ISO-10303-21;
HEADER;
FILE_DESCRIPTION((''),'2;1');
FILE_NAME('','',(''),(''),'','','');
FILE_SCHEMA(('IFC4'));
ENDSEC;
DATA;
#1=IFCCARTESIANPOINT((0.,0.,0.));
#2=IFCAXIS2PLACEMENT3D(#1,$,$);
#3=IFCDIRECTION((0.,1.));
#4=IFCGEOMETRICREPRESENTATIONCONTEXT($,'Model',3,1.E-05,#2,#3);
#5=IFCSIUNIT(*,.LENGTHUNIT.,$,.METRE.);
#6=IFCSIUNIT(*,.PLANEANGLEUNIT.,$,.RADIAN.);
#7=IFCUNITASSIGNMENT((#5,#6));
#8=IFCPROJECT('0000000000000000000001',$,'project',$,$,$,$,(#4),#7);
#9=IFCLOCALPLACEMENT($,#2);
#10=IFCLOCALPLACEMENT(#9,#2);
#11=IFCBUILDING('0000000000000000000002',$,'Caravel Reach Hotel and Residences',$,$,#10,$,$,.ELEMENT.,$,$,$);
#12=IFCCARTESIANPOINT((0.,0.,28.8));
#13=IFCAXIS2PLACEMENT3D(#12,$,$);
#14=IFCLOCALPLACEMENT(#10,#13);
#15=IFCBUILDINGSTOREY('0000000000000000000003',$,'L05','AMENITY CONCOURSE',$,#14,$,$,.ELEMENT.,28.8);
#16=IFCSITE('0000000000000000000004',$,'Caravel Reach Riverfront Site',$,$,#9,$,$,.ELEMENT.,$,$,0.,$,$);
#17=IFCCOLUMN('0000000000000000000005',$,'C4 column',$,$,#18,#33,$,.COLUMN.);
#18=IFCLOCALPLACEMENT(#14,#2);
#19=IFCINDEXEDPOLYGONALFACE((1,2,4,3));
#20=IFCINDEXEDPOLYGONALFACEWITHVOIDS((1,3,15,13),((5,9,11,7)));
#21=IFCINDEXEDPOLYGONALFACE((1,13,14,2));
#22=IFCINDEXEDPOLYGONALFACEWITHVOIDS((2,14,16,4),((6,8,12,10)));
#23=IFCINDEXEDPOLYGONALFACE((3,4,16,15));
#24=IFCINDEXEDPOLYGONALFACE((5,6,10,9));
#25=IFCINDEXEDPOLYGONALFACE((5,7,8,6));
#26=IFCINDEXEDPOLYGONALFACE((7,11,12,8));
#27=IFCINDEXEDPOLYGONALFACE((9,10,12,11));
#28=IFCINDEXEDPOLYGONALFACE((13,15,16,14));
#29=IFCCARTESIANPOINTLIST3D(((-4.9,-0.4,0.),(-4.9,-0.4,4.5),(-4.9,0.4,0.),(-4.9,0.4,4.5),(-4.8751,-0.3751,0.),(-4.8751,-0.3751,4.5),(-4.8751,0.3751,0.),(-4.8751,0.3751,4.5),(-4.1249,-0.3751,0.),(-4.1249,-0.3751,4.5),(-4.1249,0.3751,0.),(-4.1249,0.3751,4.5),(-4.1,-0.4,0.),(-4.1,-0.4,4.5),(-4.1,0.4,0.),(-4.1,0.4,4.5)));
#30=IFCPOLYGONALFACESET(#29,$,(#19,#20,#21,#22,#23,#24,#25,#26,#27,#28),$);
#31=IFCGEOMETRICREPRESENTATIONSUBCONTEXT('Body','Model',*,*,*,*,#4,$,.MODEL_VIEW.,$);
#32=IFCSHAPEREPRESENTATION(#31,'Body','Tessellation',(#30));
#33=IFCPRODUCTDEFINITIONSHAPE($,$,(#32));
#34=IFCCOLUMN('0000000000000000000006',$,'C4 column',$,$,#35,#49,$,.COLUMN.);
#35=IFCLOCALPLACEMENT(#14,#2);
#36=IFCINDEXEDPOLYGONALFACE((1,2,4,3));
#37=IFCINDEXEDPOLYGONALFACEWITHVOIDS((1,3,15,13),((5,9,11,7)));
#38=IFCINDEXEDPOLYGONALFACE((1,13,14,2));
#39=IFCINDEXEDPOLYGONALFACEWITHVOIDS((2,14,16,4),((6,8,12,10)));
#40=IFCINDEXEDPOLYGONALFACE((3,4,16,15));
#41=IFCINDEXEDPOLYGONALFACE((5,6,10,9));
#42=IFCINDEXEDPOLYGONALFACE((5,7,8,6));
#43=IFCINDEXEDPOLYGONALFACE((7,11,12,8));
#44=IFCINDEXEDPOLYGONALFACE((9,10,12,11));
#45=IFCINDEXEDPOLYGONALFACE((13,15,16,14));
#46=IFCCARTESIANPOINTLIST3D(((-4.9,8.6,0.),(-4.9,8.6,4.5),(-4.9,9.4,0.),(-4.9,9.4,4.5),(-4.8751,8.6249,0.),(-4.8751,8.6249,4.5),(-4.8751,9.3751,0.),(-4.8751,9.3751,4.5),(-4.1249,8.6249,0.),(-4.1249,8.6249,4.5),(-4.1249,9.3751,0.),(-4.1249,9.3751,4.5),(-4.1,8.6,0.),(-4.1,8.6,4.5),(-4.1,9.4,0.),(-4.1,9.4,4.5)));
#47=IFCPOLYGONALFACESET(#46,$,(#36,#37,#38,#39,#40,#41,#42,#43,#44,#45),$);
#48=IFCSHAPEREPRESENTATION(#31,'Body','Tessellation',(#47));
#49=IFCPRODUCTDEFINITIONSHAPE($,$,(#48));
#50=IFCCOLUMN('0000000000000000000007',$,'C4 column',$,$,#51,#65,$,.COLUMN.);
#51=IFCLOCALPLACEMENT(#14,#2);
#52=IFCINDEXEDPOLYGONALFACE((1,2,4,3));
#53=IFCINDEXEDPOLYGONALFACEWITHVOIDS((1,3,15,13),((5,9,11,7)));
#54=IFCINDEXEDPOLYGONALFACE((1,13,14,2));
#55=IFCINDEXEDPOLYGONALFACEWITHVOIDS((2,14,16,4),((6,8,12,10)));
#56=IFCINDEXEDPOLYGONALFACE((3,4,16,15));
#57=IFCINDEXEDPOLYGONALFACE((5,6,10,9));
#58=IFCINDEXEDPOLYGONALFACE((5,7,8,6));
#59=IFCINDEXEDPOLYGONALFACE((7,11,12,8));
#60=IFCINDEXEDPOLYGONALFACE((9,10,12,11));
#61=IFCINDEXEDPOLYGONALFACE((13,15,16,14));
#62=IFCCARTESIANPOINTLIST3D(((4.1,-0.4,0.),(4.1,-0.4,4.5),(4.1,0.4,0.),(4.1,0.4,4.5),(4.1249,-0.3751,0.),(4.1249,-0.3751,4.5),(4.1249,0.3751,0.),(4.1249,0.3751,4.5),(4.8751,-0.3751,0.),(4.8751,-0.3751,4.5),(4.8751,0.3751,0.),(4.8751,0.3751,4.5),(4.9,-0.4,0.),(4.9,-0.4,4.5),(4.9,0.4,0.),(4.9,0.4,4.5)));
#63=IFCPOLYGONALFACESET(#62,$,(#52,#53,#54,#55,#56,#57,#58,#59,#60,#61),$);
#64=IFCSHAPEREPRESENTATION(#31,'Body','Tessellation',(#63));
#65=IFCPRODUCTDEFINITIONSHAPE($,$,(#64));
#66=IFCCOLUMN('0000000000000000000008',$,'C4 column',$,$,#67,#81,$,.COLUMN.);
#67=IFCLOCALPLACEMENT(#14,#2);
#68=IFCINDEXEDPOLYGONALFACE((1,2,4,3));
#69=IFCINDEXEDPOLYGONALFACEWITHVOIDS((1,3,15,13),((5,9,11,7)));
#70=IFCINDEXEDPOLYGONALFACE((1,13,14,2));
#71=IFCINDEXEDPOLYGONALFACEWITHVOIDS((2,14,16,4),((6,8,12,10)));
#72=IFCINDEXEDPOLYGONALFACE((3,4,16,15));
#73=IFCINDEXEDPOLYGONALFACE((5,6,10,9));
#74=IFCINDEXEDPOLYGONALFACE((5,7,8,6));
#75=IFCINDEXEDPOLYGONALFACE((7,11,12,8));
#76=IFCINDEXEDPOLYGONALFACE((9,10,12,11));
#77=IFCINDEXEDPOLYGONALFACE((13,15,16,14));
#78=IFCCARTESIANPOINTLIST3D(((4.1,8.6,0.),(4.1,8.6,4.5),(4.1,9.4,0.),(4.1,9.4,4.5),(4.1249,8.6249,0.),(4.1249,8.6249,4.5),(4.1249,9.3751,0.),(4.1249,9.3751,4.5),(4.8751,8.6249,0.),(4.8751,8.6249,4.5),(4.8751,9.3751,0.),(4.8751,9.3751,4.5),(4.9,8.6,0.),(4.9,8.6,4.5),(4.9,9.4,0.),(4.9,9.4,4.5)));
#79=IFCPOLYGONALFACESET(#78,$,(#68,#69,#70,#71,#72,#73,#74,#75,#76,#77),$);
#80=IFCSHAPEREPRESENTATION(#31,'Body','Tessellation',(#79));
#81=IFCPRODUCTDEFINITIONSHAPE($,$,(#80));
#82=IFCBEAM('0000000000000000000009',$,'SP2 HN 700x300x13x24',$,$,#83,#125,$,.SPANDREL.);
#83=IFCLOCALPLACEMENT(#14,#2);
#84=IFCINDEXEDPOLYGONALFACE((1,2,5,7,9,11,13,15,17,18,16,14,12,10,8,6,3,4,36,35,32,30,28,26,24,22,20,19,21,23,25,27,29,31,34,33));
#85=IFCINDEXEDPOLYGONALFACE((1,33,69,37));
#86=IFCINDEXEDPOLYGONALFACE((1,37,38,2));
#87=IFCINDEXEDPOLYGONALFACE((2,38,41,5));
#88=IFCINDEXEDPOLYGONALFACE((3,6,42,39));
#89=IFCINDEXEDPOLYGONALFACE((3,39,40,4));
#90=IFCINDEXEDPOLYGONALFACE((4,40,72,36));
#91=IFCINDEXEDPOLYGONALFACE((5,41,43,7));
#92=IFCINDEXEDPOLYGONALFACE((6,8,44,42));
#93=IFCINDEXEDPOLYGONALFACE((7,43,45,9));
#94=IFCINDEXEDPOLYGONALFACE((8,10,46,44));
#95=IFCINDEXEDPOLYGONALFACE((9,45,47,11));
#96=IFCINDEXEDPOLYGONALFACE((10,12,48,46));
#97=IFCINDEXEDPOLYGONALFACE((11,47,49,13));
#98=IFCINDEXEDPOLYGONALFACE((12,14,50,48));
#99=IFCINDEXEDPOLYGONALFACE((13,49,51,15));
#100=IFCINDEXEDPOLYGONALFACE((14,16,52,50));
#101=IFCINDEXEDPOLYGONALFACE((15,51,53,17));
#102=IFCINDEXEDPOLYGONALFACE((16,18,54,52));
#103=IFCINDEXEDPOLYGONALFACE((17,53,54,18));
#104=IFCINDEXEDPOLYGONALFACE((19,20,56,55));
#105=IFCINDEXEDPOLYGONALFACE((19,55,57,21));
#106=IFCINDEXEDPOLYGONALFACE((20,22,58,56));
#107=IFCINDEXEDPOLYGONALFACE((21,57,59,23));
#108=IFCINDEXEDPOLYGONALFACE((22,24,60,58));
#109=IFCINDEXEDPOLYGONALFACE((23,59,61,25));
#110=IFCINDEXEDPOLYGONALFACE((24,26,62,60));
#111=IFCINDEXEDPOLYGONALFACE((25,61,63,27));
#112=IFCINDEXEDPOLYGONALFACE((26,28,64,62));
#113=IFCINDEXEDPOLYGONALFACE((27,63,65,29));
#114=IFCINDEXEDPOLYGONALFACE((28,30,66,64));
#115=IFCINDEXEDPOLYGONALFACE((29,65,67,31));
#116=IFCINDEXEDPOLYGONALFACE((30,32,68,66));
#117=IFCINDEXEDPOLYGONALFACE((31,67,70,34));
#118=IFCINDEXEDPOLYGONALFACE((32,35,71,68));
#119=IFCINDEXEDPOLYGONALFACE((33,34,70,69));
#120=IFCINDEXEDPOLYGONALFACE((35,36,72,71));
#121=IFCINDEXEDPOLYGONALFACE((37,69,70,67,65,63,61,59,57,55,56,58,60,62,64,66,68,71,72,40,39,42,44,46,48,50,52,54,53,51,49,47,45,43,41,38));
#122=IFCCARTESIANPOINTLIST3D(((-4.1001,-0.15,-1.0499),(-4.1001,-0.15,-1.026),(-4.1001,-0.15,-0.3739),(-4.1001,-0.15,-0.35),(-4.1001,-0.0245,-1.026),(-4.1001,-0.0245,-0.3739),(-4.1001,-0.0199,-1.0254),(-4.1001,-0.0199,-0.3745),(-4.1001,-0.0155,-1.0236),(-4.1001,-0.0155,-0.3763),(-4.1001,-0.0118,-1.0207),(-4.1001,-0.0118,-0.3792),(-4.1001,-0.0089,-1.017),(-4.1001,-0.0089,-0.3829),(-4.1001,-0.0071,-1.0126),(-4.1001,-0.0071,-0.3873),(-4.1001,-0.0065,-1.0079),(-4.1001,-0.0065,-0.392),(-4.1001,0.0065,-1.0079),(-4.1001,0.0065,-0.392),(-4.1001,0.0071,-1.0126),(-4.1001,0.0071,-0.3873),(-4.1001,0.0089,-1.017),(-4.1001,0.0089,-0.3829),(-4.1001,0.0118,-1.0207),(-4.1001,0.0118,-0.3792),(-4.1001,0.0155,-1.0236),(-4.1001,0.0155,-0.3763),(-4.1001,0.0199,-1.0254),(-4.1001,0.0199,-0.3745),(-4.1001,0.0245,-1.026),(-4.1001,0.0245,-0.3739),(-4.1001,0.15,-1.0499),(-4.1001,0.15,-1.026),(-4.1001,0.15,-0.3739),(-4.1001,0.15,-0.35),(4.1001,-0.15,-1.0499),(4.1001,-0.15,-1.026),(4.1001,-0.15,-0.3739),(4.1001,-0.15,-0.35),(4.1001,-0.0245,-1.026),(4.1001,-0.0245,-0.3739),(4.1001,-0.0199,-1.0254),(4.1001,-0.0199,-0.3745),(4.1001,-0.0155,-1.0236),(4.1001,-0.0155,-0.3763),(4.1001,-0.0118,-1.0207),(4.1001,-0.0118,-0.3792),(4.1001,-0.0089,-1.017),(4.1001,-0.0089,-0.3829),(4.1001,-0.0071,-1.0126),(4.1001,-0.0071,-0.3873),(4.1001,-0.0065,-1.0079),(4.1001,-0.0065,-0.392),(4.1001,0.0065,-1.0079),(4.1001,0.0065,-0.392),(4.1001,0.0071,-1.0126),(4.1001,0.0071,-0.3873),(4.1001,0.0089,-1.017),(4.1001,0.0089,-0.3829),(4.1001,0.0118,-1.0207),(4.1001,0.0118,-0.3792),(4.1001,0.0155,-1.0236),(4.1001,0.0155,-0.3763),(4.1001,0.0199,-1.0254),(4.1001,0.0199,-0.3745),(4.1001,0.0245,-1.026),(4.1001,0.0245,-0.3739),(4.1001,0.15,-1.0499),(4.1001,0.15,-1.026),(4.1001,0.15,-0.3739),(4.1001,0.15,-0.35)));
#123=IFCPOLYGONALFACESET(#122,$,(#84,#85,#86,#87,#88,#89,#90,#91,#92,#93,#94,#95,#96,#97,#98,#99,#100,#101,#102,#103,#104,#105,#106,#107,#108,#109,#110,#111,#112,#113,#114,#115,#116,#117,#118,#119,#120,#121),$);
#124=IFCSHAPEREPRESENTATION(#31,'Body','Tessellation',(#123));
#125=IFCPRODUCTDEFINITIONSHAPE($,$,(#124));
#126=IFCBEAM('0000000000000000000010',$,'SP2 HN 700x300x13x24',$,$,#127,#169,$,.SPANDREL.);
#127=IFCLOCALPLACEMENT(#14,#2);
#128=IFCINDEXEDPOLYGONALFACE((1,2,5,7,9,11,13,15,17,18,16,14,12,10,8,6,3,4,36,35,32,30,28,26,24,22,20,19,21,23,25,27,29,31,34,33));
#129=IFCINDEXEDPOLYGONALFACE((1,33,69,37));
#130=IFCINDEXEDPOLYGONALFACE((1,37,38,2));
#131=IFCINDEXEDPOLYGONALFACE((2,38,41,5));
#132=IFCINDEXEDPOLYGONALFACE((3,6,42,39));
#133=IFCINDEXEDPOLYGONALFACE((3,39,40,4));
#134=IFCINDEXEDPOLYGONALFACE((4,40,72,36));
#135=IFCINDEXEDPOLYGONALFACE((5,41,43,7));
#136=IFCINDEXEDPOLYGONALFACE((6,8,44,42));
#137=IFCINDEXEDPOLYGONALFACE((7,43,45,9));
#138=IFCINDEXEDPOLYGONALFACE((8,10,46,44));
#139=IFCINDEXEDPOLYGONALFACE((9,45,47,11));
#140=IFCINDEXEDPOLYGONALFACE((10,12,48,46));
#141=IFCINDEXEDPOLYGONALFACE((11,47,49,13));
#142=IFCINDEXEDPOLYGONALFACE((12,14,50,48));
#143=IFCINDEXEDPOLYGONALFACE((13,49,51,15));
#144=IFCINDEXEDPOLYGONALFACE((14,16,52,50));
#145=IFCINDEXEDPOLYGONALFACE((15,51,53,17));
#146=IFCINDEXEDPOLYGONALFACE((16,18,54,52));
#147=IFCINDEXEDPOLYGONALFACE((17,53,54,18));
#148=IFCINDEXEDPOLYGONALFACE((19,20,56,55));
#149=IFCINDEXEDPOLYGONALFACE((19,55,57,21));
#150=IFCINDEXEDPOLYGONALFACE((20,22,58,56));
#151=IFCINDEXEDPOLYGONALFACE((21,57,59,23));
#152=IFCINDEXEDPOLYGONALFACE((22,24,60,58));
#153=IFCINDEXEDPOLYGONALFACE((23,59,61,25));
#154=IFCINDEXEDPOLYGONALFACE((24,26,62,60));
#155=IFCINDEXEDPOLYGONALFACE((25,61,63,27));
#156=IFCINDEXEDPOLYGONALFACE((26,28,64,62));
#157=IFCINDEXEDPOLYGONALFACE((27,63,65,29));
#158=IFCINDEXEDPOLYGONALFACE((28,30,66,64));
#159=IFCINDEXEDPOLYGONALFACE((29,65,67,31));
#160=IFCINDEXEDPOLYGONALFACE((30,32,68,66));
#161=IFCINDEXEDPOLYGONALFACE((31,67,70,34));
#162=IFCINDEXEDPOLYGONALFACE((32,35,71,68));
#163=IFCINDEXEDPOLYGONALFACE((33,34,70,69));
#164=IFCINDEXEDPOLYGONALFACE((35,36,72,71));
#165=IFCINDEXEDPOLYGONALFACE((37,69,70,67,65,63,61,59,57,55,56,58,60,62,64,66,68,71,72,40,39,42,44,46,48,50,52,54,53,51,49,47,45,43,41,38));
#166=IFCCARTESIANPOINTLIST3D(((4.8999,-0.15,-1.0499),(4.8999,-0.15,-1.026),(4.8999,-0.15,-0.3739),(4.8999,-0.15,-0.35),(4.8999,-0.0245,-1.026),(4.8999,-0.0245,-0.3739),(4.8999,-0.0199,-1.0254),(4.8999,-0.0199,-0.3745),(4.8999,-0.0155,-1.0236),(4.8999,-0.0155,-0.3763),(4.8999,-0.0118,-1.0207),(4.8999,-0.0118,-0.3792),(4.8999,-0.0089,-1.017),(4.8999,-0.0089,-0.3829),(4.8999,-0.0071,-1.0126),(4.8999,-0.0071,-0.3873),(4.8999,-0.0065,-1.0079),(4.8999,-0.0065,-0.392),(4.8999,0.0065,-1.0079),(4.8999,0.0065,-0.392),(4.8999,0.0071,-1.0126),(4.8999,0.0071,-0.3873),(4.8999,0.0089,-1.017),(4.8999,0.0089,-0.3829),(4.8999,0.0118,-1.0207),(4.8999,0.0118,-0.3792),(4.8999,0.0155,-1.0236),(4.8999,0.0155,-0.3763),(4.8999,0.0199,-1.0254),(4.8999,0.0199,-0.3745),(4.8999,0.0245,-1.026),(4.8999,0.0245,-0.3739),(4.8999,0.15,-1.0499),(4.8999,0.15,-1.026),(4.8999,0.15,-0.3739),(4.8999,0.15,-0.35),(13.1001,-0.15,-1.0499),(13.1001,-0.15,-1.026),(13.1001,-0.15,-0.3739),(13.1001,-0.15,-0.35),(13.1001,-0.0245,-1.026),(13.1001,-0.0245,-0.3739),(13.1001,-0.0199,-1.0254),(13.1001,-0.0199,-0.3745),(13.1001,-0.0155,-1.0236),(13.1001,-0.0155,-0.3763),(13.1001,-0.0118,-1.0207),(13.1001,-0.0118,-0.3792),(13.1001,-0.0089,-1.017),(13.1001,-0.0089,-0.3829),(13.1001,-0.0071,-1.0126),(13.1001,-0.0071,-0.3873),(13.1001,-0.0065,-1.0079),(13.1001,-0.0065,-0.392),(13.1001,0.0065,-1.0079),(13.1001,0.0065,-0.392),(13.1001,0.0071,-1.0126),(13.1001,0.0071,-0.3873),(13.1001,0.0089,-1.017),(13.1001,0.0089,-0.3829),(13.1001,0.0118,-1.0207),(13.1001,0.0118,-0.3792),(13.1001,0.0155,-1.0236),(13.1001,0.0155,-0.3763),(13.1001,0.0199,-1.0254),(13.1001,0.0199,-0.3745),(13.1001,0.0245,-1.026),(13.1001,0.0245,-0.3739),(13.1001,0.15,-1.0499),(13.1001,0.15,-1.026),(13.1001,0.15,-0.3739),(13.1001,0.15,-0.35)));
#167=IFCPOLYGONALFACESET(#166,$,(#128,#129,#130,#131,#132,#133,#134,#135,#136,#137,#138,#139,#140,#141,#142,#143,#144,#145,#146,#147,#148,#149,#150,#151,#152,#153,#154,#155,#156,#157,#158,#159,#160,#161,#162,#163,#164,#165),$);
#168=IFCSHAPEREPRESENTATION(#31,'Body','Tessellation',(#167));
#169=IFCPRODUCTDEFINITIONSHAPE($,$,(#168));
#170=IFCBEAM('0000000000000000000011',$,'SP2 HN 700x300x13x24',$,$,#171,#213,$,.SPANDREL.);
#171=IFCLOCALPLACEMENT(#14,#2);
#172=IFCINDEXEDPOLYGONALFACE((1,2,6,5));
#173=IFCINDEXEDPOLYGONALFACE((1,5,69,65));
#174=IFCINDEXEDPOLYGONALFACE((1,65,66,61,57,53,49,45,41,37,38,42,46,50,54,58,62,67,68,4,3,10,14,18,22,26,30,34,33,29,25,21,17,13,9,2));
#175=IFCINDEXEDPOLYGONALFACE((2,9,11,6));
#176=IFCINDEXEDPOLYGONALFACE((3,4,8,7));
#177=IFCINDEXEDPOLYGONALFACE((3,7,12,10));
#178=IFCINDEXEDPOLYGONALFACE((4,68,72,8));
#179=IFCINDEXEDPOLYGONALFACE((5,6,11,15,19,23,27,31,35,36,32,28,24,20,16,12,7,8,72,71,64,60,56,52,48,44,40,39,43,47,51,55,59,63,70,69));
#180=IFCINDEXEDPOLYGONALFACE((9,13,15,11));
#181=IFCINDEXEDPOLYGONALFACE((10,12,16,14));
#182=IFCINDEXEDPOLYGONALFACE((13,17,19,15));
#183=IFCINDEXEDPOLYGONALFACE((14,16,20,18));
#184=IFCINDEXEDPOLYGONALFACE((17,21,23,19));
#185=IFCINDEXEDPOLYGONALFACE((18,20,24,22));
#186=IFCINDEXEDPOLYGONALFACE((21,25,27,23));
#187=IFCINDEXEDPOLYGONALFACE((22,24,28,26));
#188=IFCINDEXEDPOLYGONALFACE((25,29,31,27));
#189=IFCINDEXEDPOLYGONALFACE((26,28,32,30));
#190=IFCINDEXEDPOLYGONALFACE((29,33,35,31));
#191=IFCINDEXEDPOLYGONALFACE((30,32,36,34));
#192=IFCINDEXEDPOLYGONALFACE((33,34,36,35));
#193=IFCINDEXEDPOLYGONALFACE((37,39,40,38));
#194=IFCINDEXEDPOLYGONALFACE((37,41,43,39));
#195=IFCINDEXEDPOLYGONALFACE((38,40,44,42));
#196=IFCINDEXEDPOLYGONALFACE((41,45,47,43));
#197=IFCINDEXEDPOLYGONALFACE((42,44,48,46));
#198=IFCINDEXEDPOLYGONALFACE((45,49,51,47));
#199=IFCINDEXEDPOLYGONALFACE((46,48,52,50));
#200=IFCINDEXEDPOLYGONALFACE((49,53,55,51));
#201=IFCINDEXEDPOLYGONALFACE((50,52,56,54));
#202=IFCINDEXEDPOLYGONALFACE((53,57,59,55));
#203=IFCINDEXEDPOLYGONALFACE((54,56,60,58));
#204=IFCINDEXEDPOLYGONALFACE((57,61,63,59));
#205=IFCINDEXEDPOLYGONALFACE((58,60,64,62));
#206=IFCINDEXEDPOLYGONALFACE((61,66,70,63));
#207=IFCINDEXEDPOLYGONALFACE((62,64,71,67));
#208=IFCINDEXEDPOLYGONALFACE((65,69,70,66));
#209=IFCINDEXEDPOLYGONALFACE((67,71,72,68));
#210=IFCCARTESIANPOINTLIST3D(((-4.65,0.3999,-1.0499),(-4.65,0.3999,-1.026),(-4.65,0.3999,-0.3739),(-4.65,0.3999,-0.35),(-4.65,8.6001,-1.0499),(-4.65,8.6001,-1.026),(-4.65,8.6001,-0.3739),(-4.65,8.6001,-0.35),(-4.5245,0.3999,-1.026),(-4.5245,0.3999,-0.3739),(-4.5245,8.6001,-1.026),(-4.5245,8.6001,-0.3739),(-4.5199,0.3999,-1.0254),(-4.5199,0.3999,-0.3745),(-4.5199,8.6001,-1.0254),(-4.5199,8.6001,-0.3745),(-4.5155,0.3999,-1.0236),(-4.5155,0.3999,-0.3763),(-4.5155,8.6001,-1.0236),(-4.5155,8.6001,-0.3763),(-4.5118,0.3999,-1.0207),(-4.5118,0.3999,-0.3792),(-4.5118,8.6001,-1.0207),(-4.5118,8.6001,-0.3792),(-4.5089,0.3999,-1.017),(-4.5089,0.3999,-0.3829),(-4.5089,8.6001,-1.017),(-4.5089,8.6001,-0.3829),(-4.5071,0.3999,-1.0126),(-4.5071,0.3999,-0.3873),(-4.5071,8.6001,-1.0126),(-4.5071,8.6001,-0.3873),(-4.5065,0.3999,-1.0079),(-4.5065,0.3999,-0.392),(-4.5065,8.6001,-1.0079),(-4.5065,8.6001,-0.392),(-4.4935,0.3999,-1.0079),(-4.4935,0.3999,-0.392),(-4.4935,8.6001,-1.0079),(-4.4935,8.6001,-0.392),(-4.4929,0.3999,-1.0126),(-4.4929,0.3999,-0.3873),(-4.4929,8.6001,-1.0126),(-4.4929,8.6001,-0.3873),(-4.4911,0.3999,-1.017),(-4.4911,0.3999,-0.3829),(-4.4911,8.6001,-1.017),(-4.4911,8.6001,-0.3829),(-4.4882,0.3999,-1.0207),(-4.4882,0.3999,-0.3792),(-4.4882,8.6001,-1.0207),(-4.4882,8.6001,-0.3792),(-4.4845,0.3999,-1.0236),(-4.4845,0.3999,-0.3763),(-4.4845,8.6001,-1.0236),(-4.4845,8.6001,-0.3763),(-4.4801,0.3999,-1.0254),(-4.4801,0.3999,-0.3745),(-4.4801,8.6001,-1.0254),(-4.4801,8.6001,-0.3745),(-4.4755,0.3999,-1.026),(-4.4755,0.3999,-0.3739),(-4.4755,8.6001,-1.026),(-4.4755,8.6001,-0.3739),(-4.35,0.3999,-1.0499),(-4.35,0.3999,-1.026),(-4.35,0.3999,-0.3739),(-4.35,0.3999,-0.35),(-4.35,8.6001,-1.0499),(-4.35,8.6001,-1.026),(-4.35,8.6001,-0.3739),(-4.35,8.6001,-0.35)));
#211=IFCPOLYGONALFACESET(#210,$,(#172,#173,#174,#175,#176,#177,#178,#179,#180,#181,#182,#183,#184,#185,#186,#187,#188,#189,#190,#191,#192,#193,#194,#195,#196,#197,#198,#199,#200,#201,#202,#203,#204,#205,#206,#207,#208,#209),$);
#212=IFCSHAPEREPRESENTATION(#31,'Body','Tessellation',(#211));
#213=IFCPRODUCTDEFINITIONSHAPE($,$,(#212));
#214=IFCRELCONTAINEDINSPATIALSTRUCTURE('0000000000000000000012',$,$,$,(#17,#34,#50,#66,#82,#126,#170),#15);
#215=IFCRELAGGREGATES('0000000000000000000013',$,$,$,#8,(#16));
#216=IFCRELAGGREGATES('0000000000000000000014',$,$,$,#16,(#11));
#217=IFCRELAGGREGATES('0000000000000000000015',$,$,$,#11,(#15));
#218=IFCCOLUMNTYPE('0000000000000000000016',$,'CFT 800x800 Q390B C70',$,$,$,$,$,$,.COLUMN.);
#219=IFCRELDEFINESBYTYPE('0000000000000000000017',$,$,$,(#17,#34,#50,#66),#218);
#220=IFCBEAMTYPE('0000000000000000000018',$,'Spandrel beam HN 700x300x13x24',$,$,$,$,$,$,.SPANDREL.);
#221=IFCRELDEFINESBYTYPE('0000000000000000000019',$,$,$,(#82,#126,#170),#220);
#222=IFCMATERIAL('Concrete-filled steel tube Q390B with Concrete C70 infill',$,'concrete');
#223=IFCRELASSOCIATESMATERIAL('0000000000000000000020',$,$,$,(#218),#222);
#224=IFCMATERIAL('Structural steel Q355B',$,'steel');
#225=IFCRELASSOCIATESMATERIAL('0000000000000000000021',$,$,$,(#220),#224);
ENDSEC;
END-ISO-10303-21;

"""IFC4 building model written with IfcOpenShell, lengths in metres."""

from ifc_helpers import new_model, si_unit, direction, frame, origin, origin_2d, place, context, subcontext, project, spatial, hollow_rectangle, i_section, extrude, material, material_profile, profile_set, type_object, element, save


model = new_model("IFC4")

# Units and contexts
model_context = context("Model", 3, precision=1e-05, world=origin(), true_north=direction((0.0, 1.0)))
body_context = subcontext(model_context, "Body", "Model", "MODEL_VIEW")
ifc_project = project(units=[si_unit("LENGTHUNIT", "METRE"), si_unit("PLANEANGLEUNIT", "RADIAN")], contexts=[model_context])

# Site, building, storey
site_placement = place(None, origin())
site = spatial("IfcSite", under=ifc_project, at=site_placement, Name="Caravel Reach Riverfront Site", CompositionType="ELEMENT", RefElevation=0.0)
building_placement = place(site_placement, origin())
building = spatial("IfcBuilding", under=site, at=building_placement, Name="Caravel Reach Hotel and Residences", CompositionType="ELEMENT")
storey_placement = place(building_placement, frame((0.0, 0.0, 28.8)))
storey = spatial("IfcBuildingStorey", under=building, at=storey_placement, Name="L05", Description="AMENITY CONCOURSE", CompositionType="ELEMENT", Elevation=28.8)

# Columns
ifc_material_1 = material(Name="Concrete-filled steel tube Q390B with Concrete C70 infill", Category="concrete")
ifc_material_profile_1 = material_profile(ifc_material_1, hollow_rectangle(XDim=0.8, YDim=0.8, WallThickness=0.0249, at=origin_2d()), Name="RHS 800x800x25")
ifc_profile_set_1 = profile_set([ifc_material_profile_1], Name="Concrete-filled steel tube Q390B with Concrete C70 infill")
column_type = type_object("IfcColumnType", Name="CFT 800x800 Q390B C70", PredefinedType="COLUMN", material=ifc_profile_set_1)
for number, where, z_axis, x_axis, name in (
    (1, (-4.5, 0.0, 0.0), (0.0, 0.0, 1.0), (1.0, 0.0, 0.0), "C4 column"),
    (2, (-4.5, 9.0, 0.0), (0.0, 0.0, 1.0), (1.0, 0.0, 0.0), "C4 column"),
    (3, (4.5, 0.0, 0.0), (0.0, 0.0, 1.0), (1.0, 0.0, 0.0), "C4 column"),
    (4, (4.5, 9.0, 0.0), (0.0, 0.0, 1.0), (1.0, 0.0, 0.0), "C4 column"),
):
    element("IfcColumn", number, at=place(storey_placement, frame(where, z_axis=z_axis, x_axis=x_axis)), inside=storey, type_object=column_type, Name=name, PredefinedType="COLUMN", context=body_context, shape_type="SweptSolid", body=[
        extrude(hollow_rectangle(XDim=0.8, YDim=0.8, WallThickness=0.0249, at=origin_2d()), origin(), (0.0, 0.0, 1.0), 4.5),
    ])

# Beams
ifc_material_2 = material(Name="Structural steel Q355B", Category="steel")
ifc_material_profile_2 = material_profile(ifc_material_2, i_section(OverallWidth=0.3, OverallDepth=0.7, WebThickness=0.0129, FlangeThickness=0.0239, FilletRadius=0.0181, at=origin_2d()), Name="HN 700x300x13x24")
ifc_profile_set_2 = profile_set([ifc_material_profile_2], Name="Structural steel Q355B")
beam_type = type_object("IfcBeamType", Name="Spandrel beam HN 700x300x13x24", PredefinedType="SPANDREL", material=ifc_profile_set_2)
for number, where, z_axis, x_axis, name in (
    (5, (-4.1001, 0.0, -0.7), (1.0, 0.0, 0.0), (0.0, 1.0, 0.0), "SP2 HN 700x300x13x24"),
    (6, (4.8999, 0.0, -0.7), (1.0, 0.0, 0.0), (0.0, 1.0, 0.0), "SP2 HN 700x300x13x24"),
    (7, (-4.5, 8.6001, -0.7), (0.0, -1.0, 0.0), (1.0, 0.0, 0.0), "SP2 HN 700x300x13x24"),
):
    element("IfcBeam", number, at=place(storey_placement, frame(where, z_axis=z_axis, x_axis=x_axis)), inside=storey, type_object=beam_type, Name=name, PredefinedType="SPANDREL", context=body_context, shape_type="SweptSolid", body=[
        extrude(i_section(OverallWidth=0.3, OverallDepth=0.7, WebThickness=0.0129, FlangeThickness=0.0239, FilletRadius=0.0181, at=origin_2d()), origin(), (0.0, 0.0, 1.0), 8.2002),
    ])

save(model, "model.ifc")
